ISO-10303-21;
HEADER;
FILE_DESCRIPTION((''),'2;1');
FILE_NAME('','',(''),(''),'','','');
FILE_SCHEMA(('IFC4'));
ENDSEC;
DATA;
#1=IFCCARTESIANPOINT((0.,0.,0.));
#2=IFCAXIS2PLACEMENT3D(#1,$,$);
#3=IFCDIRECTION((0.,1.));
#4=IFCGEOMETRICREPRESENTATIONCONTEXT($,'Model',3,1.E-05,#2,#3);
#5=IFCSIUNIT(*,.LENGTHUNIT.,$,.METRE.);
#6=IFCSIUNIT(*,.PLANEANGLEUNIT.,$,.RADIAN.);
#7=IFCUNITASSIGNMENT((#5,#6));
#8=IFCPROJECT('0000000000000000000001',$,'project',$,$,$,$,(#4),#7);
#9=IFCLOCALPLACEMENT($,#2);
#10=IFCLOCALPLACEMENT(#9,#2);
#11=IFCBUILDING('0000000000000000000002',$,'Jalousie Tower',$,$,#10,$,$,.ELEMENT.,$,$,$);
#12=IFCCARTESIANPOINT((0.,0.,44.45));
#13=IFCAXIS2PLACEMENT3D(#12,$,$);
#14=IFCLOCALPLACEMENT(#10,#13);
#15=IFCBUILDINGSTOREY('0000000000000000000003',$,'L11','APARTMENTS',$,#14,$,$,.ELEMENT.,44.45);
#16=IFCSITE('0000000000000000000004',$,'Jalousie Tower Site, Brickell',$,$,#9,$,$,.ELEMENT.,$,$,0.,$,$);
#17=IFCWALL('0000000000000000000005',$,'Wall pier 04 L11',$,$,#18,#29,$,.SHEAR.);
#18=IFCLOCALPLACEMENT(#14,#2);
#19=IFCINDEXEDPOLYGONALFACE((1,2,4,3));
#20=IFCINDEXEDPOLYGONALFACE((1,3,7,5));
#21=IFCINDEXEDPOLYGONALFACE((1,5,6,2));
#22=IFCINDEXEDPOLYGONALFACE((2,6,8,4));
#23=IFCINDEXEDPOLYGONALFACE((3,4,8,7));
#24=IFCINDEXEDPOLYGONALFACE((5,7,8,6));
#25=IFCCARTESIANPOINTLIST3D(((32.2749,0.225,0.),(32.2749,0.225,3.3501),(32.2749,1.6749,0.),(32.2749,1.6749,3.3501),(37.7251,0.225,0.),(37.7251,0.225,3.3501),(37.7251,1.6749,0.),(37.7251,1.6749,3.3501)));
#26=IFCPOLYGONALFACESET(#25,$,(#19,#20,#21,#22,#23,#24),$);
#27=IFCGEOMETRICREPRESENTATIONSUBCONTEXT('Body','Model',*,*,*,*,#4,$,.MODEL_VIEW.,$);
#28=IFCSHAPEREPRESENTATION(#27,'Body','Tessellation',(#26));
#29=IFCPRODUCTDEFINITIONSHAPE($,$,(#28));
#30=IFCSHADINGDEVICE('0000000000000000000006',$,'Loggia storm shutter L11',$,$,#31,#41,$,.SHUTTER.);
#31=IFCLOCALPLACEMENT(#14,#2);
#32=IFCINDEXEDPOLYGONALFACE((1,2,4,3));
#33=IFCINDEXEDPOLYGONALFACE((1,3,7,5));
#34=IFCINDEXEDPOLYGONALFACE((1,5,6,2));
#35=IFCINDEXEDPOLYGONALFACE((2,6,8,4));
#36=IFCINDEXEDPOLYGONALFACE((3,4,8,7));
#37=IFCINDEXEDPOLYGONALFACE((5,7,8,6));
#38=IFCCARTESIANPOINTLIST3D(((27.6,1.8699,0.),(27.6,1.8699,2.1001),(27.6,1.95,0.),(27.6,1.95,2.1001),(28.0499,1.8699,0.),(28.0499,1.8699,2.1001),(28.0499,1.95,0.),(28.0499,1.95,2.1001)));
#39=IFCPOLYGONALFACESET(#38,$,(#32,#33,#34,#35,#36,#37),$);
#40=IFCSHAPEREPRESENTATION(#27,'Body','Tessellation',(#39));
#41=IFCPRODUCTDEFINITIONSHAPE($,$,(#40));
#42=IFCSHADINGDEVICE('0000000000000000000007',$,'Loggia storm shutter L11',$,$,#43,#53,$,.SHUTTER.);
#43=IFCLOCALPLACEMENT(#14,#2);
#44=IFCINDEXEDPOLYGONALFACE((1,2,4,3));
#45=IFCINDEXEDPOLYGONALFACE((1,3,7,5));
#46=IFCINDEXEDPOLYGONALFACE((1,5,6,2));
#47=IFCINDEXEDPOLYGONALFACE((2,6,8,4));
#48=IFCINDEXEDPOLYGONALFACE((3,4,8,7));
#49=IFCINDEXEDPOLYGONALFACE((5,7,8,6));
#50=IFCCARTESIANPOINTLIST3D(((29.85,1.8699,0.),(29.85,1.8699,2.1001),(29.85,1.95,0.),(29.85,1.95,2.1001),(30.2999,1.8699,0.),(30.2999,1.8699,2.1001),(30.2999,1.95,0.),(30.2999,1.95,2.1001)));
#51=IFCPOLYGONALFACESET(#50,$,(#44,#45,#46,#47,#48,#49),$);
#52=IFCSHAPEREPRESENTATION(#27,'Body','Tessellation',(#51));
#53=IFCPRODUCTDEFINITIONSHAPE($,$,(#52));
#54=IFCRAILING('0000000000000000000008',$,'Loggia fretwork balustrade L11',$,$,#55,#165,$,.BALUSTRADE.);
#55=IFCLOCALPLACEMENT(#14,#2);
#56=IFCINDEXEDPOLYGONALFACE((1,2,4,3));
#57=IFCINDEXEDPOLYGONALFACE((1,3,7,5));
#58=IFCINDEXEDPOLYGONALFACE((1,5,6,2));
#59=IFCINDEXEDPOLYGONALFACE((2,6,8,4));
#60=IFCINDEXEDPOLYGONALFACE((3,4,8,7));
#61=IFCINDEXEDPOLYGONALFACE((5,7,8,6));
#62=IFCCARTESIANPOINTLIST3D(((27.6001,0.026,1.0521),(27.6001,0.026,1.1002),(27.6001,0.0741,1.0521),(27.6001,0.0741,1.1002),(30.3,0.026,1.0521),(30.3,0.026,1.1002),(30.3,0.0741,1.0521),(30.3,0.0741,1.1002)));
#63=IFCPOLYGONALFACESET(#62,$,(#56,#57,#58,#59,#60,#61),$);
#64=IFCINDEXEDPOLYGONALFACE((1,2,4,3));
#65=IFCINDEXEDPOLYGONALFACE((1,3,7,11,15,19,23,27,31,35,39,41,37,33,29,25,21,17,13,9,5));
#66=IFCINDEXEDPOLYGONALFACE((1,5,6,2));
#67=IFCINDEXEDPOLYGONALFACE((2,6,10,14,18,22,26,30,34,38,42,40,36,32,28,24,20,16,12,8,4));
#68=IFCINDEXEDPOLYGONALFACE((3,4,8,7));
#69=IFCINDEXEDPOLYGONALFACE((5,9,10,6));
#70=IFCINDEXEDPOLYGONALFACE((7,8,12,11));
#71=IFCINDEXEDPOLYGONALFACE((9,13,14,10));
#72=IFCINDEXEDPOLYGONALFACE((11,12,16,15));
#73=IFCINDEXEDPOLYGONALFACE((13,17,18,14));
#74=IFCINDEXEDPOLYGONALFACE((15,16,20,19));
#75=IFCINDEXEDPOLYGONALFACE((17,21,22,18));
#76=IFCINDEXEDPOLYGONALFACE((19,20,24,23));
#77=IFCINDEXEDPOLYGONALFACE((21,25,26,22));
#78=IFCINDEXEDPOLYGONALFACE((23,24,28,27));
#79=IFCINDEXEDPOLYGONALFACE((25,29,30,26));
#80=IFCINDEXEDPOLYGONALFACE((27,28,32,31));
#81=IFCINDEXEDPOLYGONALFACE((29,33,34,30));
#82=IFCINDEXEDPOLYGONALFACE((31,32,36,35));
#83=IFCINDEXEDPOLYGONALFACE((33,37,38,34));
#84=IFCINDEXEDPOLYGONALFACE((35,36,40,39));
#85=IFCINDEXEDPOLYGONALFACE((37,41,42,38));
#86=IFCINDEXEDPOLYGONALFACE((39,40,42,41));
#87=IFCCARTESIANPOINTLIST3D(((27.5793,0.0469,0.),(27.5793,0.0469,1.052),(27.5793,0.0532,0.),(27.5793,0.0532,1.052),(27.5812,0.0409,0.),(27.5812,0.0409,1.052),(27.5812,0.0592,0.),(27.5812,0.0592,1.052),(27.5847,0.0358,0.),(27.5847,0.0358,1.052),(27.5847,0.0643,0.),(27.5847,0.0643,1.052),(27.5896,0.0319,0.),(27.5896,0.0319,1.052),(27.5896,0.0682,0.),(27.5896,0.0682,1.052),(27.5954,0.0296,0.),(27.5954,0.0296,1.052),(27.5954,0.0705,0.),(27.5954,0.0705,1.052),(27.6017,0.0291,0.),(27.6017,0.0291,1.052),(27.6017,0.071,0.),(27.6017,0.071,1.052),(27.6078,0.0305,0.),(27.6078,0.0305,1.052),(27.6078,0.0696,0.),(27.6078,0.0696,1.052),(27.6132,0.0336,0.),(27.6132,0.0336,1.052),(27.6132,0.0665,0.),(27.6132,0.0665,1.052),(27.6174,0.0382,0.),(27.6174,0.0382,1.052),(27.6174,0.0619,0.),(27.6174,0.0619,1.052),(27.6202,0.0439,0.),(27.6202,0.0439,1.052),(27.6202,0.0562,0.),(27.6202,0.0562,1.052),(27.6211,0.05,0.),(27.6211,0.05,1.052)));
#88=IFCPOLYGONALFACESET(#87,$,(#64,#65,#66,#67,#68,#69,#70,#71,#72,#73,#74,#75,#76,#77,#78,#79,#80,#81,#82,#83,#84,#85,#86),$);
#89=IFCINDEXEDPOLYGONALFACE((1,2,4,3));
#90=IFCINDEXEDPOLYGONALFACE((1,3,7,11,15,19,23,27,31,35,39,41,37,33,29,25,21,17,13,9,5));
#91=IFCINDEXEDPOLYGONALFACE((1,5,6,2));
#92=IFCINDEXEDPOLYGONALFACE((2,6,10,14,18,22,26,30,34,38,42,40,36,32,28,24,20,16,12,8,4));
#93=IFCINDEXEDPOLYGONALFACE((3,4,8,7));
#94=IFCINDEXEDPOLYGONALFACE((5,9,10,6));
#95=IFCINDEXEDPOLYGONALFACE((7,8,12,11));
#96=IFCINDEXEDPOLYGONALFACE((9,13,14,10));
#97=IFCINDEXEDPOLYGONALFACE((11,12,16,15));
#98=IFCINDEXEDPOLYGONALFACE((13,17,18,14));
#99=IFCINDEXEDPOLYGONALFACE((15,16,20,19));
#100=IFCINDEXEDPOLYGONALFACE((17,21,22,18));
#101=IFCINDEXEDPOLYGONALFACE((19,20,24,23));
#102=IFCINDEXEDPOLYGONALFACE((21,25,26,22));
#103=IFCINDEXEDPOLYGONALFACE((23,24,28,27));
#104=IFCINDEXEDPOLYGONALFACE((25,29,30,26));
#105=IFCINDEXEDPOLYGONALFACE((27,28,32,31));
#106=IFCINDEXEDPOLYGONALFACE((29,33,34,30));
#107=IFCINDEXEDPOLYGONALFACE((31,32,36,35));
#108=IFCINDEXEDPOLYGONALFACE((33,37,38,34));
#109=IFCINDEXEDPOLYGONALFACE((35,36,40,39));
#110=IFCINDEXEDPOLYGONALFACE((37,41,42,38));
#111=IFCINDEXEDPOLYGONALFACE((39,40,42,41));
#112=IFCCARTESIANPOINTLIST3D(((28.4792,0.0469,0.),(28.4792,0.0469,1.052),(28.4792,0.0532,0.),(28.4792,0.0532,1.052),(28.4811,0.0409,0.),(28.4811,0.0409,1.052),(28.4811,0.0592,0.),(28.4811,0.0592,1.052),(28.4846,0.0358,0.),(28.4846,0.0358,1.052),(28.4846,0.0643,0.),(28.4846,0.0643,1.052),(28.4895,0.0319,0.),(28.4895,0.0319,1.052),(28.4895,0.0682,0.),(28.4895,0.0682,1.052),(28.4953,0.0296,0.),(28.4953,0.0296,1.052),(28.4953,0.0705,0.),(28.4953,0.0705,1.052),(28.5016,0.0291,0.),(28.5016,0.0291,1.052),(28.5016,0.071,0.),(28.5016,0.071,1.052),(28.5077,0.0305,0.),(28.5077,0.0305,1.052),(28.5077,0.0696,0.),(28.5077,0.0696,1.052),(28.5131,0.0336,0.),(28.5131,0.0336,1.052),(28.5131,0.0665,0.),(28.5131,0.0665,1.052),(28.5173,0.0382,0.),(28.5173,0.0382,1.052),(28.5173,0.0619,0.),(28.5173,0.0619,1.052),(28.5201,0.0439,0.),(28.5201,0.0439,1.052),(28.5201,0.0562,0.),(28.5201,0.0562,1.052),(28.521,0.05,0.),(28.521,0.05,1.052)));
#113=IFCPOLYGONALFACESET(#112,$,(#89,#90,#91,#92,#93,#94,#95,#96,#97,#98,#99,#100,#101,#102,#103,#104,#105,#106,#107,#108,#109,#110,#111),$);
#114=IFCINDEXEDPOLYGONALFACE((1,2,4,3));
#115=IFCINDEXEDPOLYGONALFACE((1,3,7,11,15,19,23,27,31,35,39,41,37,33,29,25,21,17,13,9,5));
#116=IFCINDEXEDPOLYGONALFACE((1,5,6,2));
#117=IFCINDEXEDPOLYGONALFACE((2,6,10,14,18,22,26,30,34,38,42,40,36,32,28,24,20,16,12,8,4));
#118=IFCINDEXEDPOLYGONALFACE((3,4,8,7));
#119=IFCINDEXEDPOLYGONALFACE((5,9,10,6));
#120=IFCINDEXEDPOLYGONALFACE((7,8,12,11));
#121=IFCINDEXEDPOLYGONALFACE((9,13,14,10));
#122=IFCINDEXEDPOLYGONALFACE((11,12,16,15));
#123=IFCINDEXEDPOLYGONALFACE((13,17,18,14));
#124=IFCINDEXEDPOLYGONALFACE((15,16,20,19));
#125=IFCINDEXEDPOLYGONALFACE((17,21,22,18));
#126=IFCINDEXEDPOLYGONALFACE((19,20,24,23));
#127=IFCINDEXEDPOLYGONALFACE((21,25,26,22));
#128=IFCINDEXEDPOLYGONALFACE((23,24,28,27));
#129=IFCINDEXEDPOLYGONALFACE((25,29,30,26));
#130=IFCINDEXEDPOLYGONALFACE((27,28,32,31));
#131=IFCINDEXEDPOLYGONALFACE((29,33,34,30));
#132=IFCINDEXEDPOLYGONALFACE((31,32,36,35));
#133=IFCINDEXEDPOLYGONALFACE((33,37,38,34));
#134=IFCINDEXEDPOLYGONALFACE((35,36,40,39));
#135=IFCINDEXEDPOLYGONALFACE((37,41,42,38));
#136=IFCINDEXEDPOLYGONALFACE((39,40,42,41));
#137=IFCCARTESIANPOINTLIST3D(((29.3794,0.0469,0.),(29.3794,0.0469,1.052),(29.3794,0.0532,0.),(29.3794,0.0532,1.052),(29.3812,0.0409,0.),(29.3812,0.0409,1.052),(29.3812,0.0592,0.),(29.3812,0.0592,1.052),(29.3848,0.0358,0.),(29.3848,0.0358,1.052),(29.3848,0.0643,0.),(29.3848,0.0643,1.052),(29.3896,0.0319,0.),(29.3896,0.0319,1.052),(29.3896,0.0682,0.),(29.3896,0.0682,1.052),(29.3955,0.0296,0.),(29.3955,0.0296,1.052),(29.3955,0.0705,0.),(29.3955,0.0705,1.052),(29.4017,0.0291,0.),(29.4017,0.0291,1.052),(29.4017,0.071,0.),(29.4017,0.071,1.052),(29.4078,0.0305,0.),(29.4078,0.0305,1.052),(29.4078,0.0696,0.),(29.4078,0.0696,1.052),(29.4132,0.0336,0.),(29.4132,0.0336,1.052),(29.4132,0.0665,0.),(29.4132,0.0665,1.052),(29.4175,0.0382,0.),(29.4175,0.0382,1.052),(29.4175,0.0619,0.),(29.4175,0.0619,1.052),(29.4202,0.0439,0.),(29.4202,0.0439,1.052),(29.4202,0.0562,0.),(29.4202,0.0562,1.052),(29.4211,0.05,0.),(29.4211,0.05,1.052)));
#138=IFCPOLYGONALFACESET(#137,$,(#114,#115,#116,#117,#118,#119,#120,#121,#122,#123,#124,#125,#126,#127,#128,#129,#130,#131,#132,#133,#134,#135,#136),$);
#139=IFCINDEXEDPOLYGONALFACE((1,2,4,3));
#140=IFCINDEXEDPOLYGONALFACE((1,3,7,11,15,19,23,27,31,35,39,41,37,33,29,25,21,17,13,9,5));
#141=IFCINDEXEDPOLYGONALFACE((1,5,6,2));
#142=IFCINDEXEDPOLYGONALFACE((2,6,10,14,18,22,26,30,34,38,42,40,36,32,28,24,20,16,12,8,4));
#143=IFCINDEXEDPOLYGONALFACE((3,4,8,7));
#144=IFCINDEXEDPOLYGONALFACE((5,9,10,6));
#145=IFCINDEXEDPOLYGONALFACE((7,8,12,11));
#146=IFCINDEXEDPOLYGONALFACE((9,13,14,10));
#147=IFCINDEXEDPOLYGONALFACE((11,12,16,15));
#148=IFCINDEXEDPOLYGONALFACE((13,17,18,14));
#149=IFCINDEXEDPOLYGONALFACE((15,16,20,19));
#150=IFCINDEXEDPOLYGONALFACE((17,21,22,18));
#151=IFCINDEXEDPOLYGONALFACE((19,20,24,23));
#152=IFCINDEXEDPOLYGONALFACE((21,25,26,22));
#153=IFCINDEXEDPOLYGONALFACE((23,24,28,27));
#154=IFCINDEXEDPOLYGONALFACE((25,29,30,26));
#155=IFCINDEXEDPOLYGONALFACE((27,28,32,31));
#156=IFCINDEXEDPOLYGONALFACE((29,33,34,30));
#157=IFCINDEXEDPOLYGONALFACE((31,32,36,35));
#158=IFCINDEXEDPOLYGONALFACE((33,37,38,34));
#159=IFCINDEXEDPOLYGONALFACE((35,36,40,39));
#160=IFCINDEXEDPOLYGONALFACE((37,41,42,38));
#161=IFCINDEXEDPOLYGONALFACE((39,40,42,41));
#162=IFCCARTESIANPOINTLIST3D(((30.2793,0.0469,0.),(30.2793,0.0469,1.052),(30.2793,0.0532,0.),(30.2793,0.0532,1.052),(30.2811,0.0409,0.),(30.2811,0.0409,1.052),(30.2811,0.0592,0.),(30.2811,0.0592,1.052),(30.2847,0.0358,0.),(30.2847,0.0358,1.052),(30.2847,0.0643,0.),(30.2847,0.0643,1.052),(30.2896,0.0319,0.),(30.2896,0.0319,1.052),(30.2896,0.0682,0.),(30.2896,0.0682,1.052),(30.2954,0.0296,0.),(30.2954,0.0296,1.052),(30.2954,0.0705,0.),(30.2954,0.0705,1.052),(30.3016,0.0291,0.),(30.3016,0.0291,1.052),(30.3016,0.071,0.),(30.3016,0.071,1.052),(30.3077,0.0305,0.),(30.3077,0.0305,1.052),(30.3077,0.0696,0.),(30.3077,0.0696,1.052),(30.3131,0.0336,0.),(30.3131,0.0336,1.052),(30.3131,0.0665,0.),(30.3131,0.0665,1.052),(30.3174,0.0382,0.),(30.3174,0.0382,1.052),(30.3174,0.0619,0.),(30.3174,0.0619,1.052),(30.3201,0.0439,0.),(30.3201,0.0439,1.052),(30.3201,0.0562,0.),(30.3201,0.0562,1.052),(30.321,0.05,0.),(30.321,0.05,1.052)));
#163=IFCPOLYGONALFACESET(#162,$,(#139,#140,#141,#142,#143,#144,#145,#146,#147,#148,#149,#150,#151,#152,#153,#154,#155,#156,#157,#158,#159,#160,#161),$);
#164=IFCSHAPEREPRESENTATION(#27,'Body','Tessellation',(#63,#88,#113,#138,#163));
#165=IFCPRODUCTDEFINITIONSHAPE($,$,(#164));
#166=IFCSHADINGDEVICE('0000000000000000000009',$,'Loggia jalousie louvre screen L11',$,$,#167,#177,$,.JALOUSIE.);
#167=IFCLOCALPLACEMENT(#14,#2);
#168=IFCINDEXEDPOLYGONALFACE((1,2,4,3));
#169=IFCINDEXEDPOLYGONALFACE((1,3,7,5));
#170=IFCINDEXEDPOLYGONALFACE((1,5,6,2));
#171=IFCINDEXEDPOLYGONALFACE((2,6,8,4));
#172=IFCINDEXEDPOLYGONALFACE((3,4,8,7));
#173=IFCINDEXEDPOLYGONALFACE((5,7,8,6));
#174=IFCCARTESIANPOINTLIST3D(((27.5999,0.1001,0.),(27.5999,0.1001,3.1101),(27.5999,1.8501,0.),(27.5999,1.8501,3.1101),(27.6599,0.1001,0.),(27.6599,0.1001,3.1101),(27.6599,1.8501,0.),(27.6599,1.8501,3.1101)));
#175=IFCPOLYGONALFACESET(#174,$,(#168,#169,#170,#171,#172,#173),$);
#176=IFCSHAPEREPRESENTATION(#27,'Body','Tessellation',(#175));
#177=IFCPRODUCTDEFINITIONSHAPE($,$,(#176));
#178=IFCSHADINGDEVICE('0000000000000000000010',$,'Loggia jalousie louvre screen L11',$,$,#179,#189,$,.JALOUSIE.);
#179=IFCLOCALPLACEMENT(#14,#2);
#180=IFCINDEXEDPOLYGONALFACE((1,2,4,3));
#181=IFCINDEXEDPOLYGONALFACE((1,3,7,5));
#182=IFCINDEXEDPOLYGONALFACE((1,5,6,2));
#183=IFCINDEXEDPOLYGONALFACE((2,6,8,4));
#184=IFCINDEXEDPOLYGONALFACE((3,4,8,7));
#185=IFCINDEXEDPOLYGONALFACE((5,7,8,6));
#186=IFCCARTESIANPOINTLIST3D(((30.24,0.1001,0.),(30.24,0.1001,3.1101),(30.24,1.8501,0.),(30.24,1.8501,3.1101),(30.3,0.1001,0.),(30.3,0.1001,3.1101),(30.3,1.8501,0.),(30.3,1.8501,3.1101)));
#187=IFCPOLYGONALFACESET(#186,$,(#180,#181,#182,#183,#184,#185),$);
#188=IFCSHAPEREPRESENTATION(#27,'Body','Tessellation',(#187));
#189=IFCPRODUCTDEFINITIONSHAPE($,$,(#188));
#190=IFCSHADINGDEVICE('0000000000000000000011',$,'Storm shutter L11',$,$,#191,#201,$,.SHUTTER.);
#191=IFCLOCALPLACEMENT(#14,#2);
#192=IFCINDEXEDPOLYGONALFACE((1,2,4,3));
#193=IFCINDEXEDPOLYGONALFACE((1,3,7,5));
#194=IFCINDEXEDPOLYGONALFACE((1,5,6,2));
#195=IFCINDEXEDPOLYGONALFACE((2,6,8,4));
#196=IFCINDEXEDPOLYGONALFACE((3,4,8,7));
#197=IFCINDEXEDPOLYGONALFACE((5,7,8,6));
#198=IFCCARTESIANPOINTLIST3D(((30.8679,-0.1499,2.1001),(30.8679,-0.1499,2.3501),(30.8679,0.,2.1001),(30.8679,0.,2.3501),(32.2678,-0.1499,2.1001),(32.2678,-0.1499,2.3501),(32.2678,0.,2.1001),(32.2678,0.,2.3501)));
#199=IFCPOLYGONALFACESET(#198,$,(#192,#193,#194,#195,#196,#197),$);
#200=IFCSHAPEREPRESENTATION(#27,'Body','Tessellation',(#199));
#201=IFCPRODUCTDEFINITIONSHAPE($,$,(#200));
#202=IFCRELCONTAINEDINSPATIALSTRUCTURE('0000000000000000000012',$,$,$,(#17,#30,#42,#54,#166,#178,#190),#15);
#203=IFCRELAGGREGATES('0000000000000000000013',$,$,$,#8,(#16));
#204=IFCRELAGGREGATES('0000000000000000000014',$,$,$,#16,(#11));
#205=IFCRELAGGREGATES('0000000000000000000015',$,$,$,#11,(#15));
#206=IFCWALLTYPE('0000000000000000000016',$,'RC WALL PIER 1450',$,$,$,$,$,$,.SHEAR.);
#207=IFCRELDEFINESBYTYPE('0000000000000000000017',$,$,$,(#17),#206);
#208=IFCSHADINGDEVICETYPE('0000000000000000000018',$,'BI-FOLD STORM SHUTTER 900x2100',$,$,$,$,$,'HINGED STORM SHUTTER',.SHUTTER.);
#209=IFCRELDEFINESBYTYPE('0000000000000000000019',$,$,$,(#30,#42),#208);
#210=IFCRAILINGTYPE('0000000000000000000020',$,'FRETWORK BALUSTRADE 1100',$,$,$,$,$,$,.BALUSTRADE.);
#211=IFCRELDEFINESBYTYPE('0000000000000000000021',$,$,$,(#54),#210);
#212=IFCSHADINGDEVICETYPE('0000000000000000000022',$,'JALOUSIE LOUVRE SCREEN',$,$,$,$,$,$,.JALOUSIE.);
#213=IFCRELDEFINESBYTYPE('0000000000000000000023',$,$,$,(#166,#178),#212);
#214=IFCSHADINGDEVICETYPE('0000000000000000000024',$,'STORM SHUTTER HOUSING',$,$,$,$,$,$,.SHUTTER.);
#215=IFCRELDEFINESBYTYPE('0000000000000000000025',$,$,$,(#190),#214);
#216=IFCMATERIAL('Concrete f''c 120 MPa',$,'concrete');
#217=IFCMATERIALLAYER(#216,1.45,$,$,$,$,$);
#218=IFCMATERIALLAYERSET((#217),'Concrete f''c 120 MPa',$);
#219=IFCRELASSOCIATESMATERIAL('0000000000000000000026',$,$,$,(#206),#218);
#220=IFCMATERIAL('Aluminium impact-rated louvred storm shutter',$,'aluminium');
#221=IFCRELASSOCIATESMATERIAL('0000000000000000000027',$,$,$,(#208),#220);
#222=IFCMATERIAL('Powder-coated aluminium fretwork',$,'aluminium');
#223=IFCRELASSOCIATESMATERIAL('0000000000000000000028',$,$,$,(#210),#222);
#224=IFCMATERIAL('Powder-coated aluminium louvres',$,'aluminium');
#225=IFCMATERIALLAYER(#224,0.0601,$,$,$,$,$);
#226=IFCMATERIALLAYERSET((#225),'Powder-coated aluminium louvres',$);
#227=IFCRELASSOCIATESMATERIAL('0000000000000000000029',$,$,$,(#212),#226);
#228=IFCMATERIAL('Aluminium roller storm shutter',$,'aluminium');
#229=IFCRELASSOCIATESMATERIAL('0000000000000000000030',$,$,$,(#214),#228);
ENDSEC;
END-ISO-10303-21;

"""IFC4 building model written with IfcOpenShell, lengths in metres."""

from ifc_helpers import new_model, si_unit, direction, frame, frame_2d, origin, origin_2d, place, context, subcontext, project, spatial, rectangle, circle, extrude, material, layer, layer_set, type_object, element, save


model = new_model("IFC4")

# Units and contexts
model_context = context("Model", 3, precision=1e-05, world=origin(), true_north=direction((0.0, 1.0)))
body_context = subcontext(model_context, "Body", "Model", "MODEL_VIEW")
ifc_project = project(units=[si_unit("LENGTHUNIT", "METRE"), si_unit("PLANEANGLEUNIT", "RADIAN")], contexts=[model_context])

# Site, building, storey
site_placement = place(None, origin())
site = spatial("IfcSite", under=ifc_project, at=site_placement, Name="Jalousie Tower Site, Brickell", CompositionType="ELEMENT", RefElevation=0.0)
building_placement = place(site_placement, origin())
building = spatial("IfcBuilding", under=site, at=building_placement, Name="Jalousie Tower", CompositionType="ELEMENT")
storey_placement = place(building_placement, frame((0.0, 0.0, 44.45)))
storey = spatial("IfcBuildingStorey", under=building, at=storey_placement, Name="L11", Description="APARTMENTS", CompositionType="ELEMENT", Elevation=44.45)

# Wall
ifc_material_1 = material(Name="Concrete f'c 120 MPa", Category="concrete")
ifc_layer_1 = layer(ifc_material_1, 1.45)
ifc_layer_set_1 = layer_set([ifc_layer_1], Name="Concrete f'c 120 MPa")
wall_type_1 = type_object("IfcWallType", Name="RC WALL PIER 1450", PredefinedType="SHEAR", material=ifc_layer_set_1)
wall_1_placement = place(storey_placement, frame((32.2749, 0.95, 0.0), z_axis=(0.0, 0.0, 1.0), x_axis=(1.0, 0.0, 0.0)))
element("IfcWall", 1, at=wall_1_placement, inside=storey, type_object=wall_type_1, Name="Wall pier 04 L11", PredefinedType="SHEAR", context=body_context, shape_type="SweptSolid", body=[
    extrude(rectangle(XDim=5.4502, YDim=1.45, at=frame_2d((2.7251, 0.0))), origin(), (0.0, 0.0, 1.0), 3.3501),
])

# Shading devices
ifc_material_2 = material(Name="Aluminium impact-rated louvred storm shutter", Category="aluminium")
shading_device_type_1 = type_object("IfcShadingDeviceType", Name="BI-FOLD STORM SHUTTER 900x2100", ElementType="HINGED STORM SHUTTER", PredefinedType="SHUTTER", material=ifc_material_2)
for number, where, z_axis, x_axis, name in (
    (2, (27.825, 1.9099, 0.0), (0.0, 0.0, 1.0), (1.0, 0.0, 0.0), "Loggia storm shutter L11"),
    (3, (30.075, 1.9099, 0.0), (0.0, 0.0, 1.0), (1.0, 0.0, 0.0), "Loggia storm shutter L11"),
):
    element("IfcShadingDevice", number, at=place(storey_placement, frame(where, z_axis=z_axis, x_axis=x_axis)), inside=storey, type_object=shading_device_type_1, Name=name, PredefinedType="SHUTTER", context=body_context, shape_type="SweptSolid", body=[
        extrude(rectangle(XDim=0.45, YDim=0.0801, at=origin_2d()), origin(), (0.0, 0.0, 1.0), 2.1001),
    ])

# Railing
ifc_material_3 = material(Name="Powder-coated aluminium fretwork", Category="aluminium")
railing_type = type_object("IfcRailingType", Name="FRETWORK BALUSTRADE 1100", PredefinedType="BALUSTRADE", material=ifc_material_3)
railing_placement = place(storey_placement, frame((27.6001, 0.05, 0.0)))
element("IfcRailing", 4, at=railing_placement, inside=storey, type_object=railing_type, Name="Loggia fretwork balustrade L11", PredefinedType="BALUSTRADE", context=body_context, shape_type="SweptSolid", body=[
    extrude(rectangle(XDim=0.0481, YDim=0.0481, at=origin_2d()), frame((0.0, 0.0, 1.0762), z_axis=(1.0, 0.0, 0.0), x_axis=(0.0, 1.0, 0.0)), (0.0, 0.0, 1.0), 2.7),
    extrude(circle(Radius=0.021, at=origin_2d()), origin(), (0.0, 0.0, 1.0), 1.052),
    extrude(circle(Radius=0.021, at=origin_2d()), frame((0.8999, 0.0, 0.0)), (0.0, 0.0, 1.0), 1.052),
    extrude(circle(Radius=0.021, at=origin_2d()), frame((1.8, 0.0, 0.0)), (0.0, 0.0, 1.0), 1.052),
    extrude(circle(Radius=0.021, at=origin_2d()), frame((2.7, 0.0, 0.0)), (0.0, 0.0, 1.0), 1.052),
])

# Shading devices
ifc_material_4 = material(Name="Powder-coated aluminium louvres", Category="aluminium")
ifc_layer_2 = layer(ifc_material_4, 0.0601)
ifc_layer_set_2 = layer_set([ifc_layer_2], Name="Powder-coated aluminium louvres")
shading_device_type_2 = type_object("IfcShadingDeviceType", Name="JALOUSIE LOUVRE SCREEN", PredefinedType="JALOUSIE", material=ifc_layer_set_2)
for number, where, z_axis, x_axis, name in (
    (5, (27.6299, 0.9751, 0.0), (0.0, 0.0, 1.0), (1.0, 0.0, 0.0), "Loggia jalousie louvre screen L11"),
    (6, (30.27, 0.9751, 0.0), (0.0, 0.0, 1.0), (1.0, 0.0, 0.0), "Loggia jalousie louvre screen L11"),
):
    element("IfcShadingDevice", number, at=place(storey_placement, frame(where, z_axis=z_axis, x_axis=x_axis)), inside=storey, type_object=shading_device_type_2, Name=name, PredefinedType="JALOUSIE", context=body_context, shape_type="SweptSolid", body=[
        extrude(rectangle(XDim=0.0601, YDim=1.75, at=origin_2d()), origin(), (0.0, 0.0, 1.0), 3.1101),
    ])
ifc_material_5 = material(Name="Aluminium roller storm shutter", Category="aluminium")
shading_device_type_3 = type_object("IfcShadingDeviceType", Name="STORM SHUTTER HOUSING", PredefinedType="SHUTTER", material=ifc_material_5)
shading_device_placement = place(storey_placement, frame((31.5679, -0.075, 2.1001), z_axis=(0.0, 0.0, 1.0), x_axis=(1.0, 0.0, 0.0)))
element("IfcShadingDevice", 7, at=shading_device_placement, inside=storey, type_object=shading_device_type_3, Name="Storm shutter L11", PredefinedType="SHUTTER", context=body_context, shape_type="SweptSolid", body=[
    extrude(rectangle(XDim=1.3999, YDim=0.1499, at=origin_2d()), origin(), (0.0, 0.0, 1.0), 0.25),
])

save(model, "model.ifc")
